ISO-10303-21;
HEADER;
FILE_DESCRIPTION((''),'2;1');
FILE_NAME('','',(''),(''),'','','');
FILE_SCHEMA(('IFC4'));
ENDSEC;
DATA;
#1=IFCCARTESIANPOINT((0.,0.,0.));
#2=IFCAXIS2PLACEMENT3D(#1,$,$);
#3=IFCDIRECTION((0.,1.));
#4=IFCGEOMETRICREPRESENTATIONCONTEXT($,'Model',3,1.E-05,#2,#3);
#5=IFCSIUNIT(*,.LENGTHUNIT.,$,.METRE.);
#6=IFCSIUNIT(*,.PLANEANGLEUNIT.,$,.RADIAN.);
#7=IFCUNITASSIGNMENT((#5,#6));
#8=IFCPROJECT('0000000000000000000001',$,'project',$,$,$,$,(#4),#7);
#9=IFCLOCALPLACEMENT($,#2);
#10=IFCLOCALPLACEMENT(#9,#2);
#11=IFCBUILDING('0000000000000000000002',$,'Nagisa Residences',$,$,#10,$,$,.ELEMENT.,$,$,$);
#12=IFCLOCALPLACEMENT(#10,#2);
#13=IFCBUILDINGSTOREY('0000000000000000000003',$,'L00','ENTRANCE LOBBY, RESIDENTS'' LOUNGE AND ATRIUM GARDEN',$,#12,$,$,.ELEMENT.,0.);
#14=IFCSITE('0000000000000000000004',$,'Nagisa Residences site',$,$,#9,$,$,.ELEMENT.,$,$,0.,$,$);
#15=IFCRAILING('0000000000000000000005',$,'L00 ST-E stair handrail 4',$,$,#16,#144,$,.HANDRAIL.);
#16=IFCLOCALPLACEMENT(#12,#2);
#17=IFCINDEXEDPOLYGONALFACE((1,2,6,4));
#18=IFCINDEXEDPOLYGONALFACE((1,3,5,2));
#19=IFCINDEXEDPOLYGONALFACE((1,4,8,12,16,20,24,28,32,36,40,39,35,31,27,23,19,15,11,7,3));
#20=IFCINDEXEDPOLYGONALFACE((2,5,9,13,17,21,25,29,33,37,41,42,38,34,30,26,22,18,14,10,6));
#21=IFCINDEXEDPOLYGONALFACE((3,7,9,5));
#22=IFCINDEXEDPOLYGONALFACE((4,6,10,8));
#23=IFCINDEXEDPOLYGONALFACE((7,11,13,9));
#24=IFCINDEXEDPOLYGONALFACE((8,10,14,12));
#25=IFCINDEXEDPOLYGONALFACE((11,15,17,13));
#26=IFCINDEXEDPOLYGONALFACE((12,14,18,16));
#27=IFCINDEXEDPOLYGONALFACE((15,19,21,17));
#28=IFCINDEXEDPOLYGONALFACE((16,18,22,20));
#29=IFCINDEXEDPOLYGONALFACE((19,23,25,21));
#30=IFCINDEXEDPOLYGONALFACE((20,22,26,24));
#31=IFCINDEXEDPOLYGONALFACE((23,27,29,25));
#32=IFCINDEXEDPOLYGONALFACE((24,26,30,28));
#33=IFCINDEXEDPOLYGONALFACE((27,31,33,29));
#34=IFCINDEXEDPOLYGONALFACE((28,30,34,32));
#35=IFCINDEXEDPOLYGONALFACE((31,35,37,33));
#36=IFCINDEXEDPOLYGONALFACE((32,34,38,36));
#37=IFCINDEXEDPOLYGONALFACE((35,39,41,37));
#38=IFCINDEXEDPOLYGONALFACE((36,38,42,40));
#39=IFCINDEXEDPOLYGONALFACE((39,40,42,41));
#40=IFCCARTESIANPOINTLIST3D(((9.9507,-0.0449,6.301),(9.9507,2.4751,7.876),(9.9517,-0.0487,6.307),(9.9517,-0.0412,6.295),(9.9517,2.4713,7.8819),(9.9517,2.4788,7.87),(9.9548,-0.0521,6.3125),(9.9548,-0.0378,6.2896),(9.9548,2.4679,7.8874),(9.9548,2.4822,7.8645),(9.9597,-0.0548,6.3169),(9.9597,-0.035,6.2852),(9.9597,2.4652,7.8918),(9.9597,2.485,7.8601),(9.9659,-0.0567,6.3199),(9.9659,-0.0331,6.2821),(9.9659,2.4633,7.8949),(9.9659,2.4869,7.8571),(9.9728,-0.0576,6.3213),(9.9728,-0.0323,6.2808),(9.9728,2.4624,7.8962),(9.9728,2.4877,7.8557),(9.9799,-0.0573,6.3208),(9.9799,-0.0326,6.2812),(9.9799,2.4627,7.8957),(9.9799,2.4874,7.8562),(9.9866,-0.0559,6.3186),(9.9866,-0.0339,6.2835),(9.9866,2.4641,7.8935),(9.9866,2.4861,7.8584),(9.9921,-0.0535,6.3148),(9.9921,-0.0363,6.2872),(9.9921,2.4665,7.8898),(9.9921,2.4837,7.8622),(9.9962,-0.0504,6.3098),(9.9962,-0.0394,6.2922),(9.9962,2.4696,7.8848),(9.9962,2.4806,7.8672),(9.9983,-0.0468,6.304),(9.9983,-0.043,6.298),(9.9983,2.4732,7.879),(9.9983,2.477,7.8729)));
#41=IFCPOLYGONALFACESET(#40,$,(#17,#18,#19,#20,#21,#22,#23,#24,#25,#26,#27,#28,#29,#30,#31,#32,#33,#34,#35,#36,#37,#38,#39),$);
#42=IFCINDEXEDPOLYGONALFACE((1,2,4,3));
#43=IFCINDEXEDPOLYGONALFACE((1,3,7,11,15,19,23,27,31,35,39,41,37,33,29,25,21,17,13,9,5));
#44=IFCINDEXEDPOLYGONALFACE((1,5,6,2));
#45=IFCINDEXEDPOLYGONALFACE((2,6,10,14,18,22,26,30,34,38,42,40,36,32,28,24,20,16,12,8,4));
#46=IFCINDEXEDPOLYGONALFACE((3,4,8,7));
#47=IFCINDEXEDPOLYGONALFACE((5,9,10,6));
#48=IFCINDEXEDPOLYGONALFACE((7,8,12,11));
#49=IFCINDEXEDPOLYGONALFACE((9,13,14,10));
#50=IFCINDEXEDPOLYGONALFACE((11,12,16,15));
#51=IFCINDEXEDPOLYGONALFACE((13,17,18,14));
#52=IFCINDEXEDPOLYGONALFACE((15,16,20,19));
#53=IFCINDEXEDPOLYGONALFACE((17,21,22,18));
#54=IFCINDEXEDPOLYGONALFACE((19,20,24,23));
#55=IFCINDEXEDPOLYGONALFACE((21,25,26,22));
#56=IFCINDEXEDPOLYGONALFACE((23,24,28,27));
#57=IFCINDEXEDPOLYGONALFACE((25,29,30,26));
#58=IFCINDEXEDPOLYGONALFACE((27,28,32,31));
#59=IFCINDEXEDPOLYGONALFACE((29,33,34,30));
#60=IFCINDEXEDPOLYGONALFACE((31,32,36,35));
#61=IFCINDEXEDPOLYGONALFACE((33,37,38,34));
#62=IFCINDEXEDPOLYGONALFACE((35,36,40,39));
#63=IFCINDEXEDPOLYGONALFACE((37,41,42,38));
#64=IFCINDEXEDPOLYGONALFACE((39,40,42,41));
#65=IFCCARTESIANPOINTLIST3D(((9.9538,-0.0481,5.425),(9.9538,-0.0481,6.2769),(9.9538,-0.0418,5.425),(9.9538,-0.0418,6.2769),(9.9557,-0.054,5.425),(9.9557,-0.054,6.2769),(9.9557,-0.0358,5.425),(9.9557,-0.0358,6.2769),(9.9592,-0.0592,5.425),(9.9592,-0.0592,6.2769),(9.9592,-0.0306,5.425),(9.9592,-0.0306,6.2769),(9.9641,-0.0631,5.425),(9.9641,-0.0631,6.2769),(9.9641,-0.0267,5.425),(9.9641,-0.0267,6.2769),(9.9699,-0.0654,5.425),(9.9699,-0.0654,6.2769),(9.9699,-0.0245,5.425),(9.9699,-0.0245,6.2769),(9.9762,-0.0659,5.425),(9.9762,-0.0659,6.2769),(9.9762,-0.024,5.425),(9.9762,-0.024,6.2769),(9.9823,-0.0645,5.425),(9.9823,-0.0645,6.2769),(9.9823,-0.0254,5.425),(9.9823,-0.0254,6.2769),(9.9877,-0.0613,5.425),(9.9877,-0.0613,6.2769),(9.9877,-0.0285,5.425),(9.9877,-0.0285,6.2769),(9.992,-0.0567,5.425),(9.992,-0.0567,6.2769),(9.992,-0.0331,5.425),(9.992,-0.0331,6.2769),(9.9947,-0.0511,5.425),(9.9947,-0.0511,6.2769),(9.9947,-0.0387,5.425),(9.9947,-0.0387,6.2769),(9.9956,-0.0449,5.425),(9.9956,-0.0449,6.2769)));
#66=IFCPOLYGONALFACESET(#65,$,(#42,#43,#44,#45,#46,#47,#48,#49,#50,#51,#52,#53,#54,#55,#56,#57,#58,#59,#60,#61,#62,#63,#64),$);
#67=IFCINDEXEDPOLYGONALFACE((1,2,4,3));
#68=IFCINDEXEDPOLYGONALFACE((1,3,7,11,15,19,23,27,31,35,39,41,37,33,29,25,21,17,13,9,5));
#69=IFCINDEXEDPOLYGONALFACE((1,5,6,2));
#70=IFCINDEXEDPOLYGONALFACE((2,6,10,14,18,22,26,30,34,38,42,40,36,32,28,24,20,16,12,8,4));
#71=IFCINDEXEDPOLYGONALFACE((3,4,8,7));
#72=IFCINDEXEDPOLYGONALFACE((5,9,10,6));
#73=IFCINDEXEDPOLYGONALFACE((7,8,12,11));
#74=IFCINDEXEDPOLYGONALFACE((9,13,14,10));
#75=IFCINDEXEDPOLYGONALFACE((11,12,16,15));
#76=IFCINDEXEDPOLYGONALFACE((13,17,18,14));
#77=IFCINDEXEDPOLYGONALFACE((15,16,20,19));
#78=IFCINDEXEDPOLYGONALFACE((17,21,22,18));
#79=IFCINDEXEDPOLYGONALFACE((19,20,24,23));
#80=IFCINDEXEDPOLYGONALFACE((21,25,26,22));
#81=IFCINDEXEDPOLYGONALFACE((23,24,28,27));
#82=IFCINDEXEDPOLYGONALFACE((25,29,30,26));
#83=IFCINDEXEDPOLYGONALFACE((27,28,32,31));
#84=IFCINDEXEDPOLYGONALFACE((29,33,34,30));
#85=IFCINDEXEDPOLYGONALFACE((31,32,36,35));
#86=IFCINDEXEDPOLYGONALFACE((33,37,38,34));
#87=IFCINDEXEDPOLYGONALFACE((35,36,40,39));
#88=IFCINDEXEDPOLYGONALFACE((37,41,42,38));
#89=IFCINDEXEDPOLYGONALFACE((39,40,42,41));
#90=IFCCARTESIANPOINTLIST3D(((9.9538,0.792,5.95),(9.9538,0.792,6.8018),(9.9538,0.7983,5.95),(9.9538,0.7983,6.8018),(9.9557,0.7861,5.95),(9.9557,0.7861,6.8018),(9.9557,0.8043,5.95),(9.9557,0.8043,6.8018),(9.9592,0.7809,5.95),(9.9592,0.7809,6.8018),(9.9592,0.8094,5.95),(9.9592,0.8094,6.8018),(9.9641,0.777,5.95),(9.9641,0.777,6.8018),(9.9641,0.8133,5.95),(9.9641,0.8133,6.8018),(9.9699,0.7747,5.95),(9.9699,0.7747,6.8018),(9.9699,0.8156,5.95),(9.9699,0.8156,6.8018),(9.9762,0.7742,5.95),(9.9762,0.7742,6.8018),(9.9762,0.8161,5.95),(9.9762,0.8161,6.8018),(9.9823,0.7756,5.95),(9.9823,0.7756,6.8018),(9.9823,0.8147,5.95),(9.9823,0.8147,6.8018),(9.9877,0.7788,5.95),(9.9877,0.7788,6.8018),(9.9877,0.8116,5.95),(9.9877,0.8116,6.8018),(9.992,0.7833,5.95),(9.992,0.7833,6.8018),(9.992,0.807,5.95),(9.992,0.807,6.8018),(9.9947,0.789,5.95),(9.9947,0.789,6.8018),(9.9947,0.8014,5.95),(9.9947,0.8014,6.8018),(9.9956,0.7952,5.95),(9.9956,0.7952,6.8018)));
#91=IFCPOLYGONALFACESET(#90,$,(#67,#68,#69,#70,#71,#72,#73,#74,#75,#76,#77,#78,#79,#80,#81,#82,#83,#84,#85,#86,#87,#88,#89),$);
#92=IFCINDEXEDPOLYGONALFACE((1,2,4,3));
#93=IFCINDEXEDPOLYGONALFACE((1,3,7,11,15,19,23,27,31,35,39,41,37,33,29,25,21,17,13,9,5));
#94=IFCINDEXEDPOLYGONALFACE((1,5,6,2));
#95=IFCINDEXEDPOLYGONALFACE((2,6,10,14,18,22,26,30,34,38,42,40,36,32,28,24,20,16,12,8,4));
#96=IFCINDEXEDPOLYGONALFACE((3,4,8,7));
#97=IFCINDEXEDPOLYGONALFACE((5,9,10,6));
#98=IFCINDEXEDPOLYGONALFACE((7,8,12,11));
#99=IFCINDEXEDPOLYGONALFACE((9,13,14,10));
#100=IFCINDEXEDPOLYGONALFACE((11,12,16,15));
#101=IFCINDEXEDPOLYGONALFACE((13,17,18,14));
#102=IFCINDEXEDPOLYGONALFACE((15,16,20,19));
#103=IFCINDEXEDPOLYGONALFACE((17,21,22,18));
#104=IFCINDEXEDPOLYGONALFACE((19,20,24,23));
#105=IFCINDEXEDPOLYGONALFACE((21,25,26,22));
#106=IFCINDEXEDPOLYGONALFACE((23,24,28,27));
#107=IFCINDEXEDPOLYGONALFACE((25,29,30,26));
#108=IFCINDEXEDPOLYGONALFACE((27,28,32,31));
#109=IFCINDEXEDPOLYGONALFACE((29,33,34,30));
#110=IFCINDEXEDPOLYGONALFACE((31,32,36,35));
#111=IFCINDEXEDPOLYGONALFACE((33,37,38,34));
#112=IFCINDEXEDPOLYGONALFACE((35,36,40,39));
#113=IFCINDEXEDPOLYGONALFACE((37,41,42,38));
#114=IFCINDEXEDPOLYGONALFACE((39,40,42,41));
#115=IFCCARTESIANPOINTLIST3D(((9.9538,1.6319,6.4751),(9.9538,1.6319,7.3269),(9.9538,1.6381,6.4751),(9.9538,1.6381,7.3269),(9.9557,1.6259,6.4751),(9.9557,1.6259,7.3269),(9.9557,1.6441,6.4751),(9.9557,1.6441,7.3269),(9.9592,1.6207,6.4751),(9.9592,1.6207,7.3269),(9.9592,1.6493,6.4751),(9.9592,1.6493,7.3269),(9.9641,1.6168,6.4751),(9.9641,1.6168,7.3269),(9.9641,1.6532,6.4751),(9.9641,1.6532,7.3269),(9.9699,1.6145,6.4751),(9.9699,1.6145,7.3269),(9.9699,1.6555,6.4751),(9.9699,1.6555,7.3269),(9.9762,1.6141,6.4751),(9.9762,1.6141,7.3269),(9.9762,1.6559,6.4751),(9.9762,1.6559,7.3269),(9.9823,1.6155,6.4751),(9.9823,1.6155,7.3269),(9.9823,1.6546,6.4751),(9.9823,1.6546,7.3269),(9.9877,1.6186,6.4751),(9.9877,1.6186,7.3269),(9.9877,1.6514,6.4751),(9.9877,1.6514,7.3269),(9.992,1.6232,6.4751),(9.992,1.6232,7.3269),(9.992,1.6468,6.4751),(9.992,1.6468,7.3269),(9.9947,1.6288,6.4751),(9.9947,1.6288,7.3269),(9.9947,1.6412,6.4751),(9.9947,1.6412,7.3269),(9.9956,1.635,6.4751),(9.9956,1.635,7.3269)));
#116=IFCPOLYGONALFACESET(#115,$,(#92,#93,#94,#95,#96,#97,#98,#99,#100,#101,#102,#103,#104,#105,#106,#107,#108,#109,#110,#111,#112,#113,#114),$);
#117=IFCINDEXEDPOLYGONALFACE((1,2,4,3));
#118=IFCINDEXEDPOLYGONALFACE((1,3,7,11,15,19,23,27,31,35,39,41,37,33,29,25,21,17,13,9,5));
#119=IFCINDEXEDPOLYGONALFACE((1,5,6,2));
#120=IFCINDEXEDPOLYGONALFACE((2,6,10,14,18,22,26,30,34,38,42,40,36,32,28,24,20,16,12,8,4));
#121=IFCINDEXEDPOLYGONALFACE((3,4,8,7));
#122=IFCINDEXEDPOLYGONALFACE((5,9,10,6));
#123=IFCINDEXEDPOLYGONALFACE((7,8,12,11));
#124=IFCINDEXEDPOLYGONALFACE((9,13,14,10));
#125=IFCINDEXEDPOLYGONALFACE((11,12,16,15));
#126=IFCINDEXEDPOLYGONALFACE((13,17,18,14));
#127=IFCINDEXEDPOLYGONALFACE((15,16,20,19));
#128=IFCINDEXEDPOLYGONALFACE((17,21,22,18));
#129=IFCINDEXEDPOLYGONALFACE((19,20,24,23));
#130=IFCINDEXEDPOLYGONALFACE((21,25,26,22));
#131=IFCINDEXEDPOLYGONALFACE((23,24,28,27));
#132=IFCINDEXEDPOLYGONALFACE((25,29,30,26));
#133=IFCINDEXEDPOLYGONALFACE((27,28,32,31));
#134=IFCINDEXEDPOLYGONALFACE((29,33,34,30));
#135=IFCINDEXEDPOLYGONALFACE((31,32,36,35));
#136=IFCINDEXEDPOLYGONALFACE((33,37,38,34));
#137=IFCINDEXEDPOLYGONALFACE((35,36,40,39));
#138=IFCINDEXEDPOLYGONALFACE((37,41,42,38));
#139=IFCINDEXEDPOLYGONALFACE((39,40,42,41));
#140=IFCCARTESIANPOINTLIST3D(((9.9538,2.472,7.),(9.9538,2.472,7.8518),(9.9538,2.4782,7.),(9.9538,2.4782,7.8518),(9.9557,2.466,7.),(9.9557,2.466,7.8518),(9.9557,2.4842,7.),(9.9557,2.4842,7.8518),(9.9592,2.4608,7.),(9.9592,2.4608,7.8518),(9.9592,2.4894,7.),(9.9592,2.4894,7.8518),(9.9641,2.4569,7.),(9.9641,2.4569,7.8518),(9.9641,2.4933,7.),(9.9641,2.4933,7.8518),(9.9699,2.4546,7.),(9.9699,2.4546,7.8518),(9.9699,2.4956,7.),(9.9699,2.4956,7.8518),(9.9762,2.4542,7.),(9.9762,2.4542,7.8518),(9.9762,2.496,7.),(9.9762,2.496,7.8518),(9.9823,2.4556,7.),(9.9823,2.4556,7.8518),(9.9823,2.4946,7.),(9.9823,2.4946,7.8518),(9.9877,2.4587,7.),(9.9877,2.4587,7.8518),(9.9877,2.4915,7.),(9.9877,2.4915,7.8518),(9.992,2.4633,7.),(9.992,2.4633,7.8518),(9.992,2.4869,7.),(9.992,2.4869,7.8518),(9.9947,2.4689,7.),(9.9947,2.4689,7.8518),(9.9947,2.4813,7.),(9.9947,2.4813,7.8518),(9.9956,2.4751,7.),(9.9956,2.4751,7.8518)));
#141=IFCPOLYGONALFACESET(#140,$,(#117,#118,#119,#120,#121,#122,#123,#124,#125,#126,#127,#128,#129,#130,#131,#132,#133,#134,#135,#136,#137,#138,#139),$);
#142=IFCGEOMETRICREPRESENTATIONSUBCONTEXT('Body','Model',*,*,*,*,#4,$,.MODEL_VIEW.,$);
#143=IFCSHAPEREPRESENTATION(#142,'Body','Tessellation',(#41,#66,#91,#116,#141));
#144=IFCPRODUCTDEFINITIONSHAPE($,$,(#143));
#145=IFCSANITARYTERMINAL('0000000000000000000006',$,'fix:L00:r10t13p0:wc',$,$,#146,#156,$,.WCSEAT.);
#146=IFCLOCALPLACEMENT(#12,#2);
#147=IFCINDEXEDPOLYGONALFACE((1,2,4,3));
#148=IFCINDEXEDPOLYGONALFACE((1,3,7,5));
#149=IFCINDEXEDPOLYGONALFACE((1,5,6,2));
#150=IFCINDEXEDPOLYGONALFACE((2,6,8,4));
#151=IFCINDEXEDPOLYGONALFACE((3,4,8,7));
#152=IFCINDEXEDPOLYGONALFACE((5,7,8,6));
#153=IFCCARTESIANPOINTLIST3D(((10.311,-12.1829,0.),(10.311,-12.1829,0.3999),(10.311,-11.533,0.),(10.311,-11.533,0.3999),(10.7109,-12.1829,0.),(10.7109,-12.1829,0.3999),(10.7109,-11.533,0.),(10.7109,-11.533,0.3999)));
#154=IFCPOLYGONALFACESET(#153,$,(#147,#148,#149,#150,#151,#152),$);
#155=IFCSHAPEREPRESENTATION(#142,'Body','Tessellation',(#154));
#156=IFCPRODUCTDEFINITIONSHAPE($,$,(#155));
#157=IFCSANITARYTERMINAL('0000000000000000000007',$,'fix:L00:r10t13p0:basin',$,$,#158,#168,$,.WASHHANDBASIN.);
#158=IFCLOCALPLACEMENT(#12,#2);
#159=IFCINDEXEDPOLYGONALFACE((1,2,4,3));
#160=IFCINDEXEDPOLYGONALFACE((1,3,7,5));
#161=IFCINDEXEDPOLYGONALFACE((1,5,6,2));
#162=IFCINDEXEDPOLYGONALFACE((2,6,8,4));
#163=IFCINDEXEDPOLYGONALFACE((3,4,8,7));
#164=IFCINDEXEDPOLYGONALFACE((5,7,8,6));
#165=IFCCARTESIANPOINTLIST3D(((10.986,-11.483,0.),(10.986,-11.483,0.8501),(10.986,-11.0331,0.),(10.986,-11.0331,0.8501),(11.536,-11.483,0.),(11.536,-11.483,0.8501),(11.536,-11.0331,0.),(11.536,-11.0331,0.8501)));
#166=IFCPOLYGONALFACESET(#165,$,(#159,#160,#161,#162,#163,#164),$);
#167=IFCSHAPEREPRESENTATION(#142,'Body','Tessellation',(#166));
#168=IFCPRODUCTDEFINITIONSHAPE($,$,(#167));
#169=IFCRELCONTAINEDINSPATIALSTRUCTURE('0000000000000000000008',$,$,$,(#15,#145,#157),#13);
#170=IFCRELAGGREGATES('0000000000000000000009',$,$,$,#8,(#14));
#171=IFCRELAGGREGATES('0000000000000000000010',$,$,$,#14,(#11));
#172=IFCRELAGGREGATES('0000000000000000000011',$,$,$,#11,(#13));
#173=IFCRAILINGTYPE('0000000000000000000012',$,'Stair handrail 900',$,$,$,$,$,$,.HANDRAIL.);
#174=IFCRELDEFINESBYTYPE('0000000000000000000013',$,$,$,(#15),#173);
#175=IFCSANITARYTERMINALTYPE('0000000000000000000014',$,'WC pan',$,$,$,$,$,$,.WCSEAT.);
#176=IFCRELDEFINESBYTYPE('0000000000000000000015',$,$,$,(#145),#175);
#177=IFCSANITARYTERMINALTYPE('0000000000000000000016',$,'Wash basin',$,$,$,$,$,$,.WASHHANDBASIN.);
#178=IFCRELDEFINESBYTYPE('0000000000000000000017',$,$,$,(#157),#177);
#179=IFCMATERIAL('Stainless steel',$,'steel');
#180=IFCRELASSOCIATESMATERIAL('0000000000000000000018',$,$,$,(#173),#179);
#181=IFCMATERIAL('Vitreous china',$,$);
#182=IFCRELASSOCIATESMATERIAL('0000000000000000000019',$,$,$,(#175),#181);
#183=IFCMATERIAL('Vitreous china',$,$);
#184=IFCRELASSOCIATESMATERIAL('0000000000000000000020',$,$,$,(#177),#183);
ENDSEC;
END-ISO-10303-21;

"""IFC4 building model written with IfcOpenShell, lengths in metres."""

from ifc_helpers import new_model, si_unit, direction, frame, origin, origin_2d, place, context, subcontext, project, spatial, rectangle, circle, extrude, material, type_object, element, save


model = new_model("IFC4")

# Units and contexts
model_context = context("Model", 3, precision=1e-05, world=origin(), true_north=direction((0.0, 1.0)))
body_context = subcontext(model_context, "Body", "Model", "MODEL_VIEW")
ifc_project = project(units=[si_unit("LENGTHUNIT", "METRE"), si_unit("PLANEANGLEUNIT", "RADIAN")], contexts=[model_context])

# Site, building, storey
site_placement = place(None, origin())
site = spatial("IfcSite", under=ifc_project, at=site_placement, Name="Nagisa Residences site", CompositionType="ELEMENT", RefElevation=0.0)
building_placement = place(site_placement, origin())
building = spatial("IfcBuilding", under=site, at=building_placement, Name="Nagisa Residences", CompositionType="ELEMENT")
storey_placement = place(building_placement, origin())
storey = spatial("IfcBuildingStorey", under=building, at=storey_placement, Name="L00", Description="ENTRANCE LOBBY, RESIDENTS' LOUNGE AND ATRIUM GARDEN", CompositionType="ELEMENT", Elevation=0.0)

# Railing
ifc_material_1 = material(Name="Stainless steel", Category="steel")
railing_type = type_object("IfcRailingType", Name="Stair handrail 900", PredefinedType="HANDRAIL", material=ifc_material_1)
for number, where, name in (
    (1, (9.9746, -0.0449, 5.425), "L00 ST-E stair handrail 4"),
):
    element("IfcRailing", number, at=place(storey_placement, frame(where)), inside=storey, type_object=railing_type, Name=name, PredefinedType="HANDRAIL", context=body_context, shape_type="SweptSolid", body=[
        extrude(circle(Radius=0.0239, at=origin_2d()), frame((0.0, 0.0, 0.876), z_axis=(0.0, 0.848008, 0.529984), x_axis=(-1.0, 0.0, 0.0)), (0.0, 0.0, 1.0), 2.9717),
        extrude(circle(Radius=0.021, at=origin_2d()), origin(), (0.0, 0.0, 1.0), 0.8518),
        extrude(circle(Radius=0.021, at=origin_2d()), frame((0.0, 0.8401, 0.5249)), (0.0, 0.0, 1.0), 0.8518),
        extrude(circle(Radius=0.021, at=origin_2d()), frame((0.0, 1.6799, 1.05)), (0.0, 0.0, 1.0), 0.8518),
        extrude(circle(Radius=0.021, at=origin_2d()), frame((0.0, 2.52, 1.575)), (0.0, 0.0, 1.0), 0.8518),
    ])

# Sanitary terminals
ifc_material_2 = material(Name="Vitreous china")
sanitary_terminal_type_1 = type_object("IfcSanitaryTerminalType", Name="WC pan", PredefinedType="WCSEAT", material=ifc_material_2)
sanitary_terminal_1_placement = place(storey_placement, frame((10.511, -11.8579, 0.0), z_axis=(0.0, 0.0, 1.0), x_axis=(1.0, 0.0, 0.0)))
element("IfcSanitaryTerminal", 2, at=sanitary_terminal_1_placement, inside=storey, type_object=sanitary_terminal_type_1, Name="fix:L00:r10t13p0:wc", PredefinedType="WCSEAT", context=body_context, shape_type="SweptSolid", body=[
    extrude(rectangle(XDim=0.3999, YDim=0.6499, at=origin_2d()), origin(), (0.0, 0.0, 1.0), 0.3999),
])
ifc_material_3 = material(Name="Vitreous china")
sanitary_terminal_type_2 = type_object("IfcSanitaryTerminalType", Name="Wash basin", PredefinedType="WASHHANDBASIN", material=ifc_material_3)
sanitary_terminal_2_placement = place(storey_placement, frame((11.261, -11.2581, 0.0), z_axis=(0.0, 0.0, 1.0), x_axis=(1.0, 0.0, 0.0)))
element("IfcSanitaryTerminal", 3, at=sanitary_terminal_2_placement, inside=storey, type_object=sanitary_terminal_type_2, Name="fix:L00:r10t13p0:basin", PredefinedType="WASHHANDBASIN", context=body_context, shape_type="SweptSolid", body=[
    extrude(rectangle(XDim=0.55, YDim=0.45, at=origin_2d()), origin(), (0.0, 0.0, 1.0), 0.8501),
])

save(model, "model.ifc")
